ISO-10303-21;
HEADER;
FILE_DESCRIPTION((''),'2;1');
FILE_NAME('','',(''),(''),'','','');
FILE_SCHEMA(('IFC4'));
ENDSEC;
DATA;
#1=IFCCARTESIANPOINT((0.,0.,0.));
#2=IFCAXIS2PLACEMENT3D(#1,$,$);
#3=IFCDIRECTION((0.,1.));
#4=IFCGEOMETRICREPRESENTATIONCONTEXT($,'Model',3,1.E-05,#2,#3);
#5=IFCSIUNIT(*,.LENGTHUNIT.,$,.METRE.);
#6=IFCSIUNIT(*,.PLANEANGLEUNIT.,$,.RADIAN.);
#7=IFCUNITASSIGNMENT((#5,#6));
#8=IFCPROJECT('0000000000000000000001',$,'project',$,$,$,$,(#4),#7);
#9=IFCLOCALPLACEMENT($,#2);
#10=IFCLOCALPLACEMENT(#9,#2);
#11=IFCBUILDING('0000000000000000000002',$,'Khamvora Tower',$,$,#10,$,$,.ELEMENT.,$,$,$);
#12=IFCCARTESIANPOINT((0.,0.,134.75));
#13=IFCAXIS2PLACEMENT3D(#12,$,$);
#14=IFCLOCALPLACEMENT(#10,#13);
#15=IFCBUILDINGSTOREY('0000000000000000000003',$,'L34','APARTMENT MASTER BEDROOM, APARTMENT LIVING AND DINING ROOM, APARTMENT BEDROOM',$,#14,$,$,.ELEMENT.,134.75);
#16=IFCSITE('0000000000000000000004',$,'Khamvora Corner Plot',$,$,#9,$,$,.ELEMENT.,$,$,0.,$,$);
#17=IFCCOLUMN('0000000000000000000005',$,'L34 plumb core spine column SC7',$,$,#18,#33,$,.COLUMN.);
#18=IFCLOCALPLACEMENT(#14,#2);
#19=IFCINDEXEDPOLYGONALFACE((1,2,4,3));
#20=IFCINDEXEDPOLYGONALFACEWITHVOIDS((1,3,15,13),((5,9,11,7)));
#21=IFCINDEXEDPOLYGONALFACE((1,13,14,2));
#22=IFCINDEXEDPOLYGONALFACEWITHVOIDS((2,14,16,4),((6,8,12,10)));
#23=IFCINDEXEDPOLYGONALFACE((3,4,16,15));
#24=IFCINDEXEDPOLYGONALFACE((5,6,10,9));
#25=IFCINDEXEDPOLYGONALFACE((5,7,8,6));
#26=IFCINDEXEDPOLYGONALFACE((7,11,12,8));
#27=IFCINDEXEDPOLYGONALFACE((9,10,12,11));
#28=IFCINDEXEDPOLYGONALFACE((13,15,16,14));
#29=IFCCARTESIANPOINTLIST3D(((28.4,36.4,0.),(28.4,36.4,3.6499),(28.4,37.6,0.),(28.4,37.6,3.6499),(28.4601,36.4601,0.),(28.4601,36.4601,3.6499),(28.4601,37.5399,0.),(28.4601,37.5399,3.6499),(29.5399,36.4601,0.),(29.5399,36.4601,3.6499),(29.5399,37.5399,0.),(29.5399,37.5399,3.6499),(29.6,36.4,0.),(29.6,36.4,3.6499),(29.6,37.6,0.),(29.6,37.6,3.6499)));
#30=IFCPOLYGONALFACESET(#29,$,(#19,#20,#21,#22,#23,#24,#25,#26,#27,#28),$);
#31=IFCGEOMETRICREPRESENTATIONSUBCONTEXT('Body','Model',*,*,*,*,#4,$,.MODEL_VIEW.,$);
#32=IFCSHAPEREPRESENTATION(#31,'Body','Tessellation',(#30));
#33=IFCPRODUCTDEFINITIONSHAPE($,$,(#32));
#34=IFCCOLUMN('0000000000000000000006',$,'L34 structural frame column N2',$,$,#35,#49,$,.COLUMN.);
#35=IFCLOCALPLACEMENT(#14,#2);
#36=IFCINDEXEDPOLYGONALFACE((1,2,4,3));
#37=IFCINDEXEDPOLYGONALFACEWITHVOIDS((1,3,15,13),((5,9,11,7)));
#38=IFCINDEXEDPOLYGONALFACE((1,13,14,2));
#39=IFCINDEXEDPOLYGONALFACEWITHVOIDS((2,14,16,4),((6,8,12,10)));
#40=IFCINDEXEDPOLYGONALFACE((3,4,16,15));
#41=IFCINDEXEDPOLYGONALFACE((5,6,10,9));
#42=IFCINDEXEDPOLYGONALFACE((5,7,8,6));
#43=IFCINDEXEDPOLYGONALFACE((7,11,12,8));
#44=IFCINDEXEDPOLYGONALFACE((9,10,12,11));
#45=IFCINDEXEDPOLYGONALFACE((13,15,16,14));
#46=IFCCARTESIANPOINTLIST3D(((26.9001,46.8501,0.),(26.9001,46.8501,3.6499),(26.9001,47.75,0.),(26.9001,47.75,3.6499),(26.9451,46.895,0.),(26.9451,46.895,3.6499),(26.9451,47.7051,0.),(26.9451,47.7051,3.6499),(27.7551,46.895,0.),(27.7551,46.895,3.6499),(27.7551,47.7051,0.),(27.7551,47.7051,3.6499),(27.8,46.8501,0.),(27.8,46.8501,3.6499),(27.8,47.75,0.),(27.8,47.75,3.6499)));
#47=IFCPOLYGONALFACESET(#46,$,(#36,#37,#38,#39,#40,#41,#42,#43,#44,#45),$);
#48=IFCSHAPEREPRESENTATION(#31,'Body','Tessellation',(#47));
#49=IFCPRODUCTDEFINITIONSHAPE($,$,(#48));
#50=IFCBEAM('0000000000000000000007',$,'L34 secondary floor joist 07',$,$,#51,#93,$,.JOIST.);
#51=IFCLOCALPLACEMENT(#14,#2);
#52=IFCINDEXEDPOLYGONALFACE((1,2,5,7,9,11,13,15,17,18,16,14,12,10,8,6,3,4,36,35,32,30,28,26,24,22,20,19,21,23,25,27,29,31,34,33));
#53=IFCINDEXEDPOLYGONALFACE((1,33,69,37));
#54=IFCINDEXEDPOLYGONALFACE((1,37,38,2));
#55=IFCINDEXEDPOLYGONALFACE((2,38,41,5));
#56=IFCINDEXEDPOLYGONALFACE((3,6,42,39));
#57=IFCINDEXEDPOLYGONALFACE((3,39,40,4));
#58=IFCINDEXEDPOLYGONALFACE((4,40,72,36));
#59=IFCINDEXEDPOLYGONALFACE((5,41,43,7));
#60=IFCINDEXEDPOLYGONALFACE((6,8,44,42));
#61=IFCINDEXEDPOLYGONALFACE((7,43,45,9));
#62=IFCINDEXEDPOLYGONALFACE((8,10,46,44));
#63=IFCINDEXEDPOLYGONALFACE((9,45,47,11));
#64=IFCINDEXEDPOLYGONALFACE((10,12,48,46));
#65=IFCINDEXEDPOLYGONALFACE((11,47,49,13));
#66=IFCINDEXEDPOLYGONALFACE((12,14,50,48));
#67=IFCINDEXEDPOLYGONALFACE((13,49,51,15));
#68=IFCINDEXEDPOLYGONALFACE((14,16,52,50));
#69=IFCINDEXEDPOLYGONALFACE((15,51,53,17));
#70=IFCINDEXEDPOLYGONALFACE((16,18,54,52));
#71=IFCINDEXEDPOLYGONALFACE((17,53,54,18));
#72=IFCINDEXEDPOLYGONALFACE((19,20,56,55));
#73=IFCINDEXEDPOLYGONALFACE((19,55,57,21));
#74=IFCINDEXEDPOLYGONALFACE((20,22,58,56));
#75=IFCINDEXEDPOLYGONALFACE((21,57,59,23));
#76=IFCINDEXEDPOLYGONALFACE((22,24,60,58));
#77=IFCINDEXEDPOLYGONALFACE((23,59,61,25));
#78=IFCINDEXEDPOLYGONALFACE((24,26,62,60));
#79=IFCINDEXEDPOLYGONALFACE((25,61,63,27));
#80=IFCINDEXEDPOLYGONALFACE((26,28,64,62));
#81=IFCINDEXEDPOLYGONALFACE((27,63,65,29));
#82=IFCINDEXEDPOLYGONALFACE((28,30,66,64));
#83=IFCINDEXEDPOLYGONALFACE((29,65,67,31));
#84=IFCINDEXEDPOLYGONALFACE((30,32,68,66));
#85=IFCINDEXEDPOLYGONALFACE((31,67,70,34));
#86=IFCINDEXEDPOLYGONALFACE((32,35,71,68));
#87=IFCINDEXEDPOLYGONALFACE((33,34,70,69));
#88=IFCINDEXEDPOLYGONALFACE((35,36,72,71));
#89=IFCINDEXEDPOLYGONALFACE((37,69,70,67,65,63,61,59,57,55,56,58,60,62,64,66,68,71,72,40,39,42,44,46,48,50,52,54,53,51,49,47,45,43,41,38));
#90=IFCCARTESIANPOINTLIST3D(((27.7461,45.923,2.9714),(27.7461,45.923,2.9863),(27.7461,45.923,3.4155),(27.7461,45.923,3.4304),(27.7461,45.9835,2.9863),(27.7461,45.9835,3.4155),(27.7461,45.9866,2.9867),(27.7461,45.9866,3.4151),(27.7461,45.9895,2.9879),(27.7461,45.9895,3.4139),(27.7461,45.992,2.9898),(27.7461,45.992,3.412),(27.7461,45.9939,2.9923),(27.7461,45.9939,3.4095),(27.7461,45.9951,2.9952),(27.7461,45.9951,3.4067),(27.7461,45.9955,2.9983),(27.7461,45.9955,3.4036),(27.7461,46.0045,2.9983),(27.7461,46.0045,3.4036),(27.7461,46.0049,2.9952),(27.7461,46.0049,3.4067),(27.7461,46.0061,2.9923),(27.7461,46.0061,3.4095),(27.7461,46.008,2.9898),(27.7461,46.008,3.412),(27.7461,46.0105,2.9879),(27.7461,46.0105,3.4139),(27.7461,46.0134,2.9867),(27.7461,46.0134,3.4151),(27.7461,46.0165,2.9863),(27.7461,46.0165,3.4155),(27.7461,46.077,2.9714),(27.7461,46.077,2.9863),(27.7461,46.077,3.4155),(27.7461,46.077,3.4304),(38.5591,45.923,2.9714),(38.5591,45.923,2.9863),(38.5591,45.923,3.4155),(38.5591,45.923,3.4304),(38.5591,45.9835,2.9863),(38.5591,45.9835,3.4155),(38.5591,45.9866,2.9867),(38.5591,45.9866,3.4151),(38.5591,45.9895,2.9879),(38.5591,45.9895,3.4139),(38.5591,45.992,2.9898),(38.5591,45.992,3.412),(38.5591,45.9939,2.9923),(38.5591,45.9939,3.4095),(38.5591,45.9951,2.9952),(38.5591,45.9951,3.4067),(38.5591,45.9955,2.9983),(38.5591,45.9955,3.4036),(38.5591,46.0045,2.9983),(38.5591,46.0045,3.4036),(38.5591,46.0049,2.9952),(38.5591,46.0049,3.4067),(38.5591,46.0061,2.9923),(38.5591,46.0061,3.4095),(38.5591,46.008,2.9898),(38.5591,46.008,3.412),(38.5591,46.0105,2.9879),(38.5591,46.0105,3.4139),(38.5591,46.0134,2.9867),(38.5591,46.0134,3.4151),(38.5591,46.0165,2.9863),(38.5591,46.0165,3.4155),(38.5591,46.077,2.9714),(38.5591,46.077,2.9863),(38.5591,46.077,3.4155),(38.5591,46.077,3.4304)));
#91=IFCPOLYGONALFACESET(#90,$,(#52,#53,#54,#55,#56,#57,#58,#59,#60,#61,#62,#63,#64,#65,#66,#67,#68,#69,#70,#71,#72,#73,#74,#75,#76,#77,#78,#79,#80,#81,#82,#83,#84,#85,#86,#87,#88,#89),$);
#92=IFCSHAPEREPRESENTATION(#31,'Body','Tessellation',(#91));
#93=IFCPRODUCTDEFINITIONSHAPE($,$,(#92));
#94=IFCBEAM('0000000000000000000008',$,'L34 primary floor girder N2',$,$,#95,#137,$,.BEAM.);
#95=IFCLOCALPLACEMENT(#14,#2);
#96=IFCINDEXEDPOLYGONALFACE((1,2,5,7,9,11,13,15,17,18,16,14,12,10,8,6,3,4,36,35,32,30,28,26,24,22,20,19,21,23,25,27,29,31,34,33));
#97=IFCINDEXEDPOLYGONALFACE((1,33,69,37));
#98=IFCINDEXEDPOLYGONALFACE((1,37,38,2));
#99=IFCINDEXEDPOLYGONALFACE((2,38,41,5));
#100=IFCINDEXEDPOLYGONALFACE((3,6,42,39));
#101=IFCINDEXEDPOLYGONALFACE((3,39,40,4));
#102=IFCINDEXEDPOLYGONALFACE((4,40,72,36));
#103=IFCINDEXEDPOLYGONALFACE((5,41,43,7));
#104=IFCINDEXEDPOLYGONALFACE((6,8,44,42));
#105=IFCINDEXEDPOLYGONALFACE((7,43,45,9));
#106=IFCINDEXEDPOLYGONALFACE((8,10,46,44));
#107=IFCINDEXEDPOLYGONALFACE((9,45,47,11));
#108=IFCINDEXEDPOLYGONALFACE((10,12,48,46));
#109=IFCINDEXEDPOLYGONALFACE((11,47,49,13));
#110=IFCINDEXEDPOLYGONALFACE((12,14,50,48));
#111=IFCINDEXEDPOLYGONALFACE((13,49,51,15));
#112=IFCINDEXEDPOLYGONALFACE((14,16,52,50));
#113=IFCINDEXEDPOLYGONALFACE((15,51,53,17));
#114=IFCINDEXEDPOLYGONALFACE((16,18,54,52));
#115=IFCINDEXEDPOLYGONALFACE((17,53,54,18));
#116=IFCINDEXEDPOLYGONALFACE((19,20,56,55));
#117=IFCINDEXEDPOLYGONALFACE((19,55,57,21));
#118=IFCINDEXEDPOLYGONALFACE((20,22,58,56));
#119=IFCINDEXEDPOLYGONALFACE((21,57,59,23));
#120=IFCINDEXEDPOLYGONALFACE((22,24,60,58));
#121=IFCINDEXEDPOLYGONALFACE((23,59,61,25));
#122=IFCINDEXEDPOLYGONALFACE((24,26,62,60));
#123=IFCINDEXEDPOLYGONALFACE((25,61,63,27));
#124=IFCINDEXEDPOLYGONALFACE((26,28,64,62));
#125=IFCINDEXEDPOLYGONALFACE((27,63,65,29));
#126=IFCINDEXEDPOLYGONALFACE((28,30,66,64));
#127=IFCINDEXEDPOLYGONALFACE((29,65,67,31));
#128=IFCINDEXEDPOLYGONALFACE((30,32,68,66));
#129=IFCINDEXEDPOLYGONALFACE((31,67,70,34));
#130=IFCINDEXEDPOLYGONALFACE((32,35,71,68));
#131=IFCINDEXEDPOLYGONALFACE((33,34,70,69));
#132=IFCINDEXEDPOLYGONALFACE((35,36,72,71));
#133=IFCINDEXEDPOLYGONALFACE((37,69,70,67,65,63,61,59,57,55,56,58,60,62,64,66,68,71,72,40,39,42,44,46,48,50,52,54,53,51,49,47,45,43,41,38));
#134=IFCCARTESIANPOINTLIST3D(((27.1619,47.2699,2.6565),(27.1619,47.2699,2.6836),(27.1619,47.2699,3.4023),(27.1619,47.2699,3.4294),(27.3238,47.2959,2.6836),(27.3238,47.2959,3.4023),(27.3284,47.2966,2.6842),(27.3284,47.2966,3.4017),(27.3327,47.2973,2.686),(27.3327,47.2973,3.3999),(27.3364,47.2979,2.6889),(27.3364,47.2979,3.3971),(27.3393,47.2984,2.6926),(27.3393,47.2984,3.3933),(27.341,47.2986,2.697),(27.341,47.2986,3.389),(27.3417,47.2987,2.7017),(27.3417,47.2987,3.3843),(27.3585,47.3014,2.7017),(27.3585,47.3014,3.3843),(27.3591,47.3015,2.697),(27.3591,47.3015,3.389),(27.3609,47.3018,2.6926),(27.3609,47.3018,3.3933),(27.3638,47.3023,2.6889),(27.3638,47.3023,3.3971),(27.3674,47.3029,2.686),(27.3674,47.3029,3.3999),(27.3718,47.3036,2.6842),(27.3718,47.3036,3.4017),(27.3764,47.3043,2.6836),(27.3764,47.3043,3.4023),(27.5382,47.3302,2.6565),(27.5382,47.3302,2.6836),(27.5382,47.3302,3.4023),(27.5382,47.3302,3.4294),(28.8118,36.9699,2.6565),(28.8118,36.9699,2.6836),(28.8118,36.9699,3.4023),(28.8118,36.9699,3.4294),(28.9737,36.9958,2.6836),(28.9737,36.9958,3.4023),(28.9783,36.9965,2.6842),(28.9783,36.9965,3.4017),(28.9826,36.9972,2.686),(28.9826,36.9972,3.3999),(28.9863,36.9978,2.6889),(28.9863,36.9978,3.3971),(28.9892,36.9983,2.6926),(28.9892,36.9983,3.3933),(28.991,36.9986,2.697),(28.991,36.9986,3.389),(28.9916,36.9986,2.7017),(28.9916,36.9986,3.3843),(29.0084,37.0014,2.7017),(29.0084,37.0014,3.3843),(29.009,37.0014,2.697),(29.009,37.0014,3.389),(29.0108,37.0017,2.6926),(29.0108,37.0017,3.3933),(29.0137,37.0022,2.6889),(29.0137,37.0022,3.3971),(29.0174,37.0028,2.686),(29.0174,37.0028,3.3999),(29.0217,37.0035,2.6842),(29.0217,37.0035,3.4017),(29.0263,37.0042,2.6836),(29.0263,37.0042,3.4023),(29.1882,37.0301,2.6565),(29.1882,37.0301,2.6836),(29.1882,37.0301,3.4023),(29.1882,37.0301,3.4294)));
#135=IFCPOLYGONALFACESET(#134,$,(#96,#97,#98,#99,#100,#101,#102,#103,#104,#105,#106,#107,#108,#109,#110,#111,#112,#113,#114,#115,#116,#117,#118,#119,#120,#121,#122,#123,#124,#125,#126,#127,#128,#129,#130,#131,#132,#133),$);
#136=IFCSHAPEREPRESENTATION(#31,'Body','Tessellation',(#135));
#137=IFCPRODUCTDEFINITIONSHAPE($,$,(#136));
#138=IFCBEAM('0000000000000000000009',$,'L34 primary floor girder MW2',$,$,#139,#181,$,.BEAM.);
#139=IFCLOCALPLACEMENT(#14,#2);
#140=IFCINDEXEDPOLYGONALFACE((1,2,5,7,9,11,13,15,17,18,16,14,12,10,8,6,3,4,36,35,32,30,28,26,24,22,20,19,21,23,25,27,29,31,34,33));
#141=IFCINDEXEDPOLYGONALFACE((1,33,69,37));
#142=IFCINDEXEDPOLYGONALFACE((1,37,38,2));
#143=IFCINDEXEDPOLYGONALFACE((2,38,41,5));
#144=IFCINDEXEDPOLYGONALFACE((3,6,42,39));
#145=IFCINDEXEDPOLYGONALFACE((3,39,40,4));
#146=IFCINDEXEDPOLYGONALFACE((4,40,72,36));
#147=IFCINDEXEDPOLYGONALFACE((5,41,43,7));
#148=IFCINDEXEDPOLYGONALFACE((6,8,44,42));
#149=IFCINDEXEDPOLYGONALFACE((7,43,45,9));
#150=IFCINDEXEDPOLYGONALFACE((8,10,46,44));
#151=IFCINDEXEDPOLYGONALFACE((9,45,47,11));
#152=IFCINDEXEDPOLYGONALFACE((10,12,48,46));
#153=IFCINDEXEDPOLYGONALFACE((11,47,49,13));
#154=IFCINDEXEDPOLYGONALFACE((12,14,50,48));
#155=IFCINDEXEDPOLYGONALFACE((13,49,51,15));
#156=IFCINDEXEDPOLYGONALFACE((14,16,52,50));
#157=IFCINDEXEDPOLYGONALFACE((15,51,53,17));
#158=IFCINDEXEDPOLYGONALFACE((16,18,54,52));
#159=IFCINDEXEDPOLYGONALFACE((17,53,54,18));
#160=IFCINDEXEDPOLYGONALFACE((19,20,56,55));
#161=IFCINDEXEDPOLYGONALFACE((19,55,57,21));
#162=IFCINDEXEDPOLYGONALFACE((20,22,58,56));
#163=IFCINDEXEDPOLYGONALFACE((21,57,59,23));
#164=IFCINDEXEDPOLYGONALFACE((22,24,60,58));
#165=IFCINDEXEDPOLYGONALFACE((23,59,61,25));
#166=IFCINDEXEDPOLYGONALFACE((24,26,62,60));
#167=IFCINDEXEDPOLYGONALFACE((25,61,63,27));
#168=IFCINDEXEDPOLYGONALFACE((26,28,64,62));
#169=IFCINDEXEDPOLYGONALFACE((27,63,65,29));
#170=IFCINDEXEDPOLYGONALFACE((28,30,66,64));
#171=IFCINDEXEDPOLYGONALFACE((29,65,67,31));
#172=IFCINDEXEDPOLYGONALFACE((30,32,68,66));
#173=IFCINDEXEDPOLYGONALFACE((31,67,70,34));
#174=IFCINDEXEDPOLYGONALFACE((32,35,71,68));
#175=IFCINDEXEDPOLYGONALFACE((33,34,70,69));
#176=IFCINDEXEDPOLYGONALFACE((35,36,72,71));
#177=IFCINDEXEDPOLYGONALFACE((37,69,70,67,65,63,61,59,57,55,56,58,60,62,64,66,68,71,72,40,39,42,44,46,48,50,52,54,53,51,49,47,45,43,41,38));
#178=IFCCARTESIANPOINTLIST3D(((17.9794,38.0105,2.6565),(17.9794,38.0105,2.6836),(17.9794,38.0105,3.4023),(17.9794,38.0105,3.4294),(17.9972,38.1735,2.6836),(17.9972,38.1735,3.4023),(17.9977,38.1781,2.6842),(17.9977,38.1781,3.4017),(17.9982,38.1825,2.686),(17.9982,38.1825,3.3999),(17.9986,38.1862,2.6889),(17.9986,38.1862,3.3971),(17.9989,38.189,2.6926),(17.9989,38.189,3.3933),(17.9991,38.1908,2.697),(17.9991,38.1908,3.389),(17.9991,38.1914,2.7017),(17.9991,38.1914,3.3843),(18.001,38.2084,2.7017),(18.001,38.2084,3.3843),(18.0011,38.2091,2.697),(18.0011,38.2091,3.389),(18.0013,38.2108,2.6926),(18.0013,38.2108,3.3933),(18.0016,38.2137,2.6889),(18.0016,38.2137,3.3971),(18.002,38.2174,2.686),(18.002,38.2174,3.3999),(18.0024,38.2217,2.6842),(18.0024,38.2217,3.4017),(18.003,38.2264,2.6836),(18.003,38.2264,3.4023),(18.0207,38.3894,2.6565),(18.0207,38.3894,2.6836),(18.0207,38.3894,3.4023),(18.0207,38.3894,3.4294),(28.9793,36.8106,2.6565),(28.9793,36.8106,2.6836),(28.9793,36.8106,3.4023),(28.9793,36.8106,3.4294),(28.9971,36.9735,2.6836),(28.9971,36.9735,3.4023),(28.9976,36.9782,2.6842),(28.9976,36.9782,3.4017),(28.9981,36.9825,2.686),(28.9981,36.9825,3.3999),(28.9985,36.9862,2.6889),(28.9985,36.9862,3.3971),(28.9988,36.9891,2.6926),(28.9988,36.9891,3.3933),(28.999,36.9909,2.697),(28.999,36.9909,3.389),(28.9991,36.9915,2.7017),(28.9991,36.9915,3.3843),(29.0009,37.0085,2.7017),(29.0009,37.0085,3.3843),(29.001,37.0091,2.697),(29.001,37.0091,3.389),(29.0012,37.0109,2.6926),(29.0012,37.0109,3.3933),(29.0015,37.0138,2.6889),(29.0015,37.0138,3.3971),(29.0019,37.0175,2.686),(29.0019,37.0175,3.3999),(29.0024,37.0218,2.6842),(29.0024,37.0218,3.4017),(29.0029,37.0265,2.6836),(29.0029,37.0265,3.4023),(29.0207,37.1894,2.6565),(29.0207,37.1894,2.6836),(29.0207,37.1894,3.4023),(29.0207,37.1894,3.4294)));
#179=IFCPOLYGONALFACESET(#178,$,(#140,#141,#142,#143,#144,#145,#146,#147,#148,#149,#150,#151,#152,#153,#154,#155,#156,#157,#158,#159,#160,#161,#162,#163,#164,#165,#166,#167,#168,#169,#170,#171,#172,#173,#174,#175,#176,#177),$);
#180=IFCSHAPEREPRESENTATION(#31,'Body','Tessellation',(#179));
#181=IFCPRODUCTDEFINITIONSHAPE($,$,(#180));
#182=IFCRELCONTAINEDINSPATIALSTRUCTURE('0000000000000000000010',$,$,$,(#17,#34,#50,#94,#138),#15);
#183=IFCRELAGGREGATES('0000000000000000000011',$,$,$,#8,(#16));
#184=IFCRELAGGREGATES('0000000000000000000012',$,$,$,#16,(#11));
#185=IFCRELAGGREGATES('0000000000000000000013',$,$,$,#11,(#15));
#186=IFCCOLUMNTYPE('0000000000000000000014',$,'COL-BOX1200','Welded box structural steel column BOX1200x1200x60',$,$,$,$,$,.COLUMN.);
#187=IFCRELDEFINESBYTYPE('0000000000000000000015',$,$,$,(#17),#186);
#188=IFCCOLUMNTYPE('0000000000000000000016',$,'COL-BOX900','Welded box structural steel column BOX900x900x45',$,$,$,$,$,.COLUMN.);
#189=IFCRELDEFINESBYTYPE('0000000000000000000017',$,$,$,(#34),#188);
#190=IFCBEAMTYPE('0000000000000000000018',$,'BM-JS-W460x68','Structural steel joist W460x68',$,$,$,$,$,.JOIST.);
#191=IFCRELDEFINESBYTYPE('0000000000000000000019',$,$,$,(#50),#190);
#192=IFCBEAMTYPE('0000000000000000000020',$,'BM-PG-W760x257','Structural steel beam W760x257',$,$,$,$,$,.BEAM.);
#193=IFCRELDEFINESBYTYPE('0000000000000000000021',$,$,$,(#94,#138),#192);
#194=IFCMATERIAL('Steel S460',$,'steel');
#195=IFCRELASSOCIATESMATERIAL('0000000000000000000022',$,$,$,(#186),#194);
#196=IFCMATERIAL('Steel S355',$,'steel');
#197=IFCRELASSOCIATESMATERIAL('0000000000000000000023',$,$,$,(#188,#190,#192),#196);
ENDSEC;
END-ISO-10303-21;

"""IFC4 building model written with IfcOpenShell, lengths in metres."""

from ifc_helpers import new_model, si_unit, direction, frame, origin, origin_2d, place, context, subcontext, project, spatial, hollow_rectangle, i_section, extrude, material, material_profile, profile_set, type_object, element, save


model = new_model("IFC4")

# Units and contexts
model_context = context("Model", 3, precision=1e-05, world=origin(), true_north=direction((0.0, 1.0)))
body_context = subcontext(model_context, "Body", "Model", "MODEL_VIEW")
ifc_project = project(units=[si_unit("LENGTHUNIT", "METRE"), si_unit("PLANEANGLEUNIT", "RADIAN")], contexts=[model_context])

# Site, building, storey
site_placement = place(None, origin())
site = spatial("IfcSite", under=ifc_project, at=site_placement, Name="Khamvora Corner Plot", CompositionType="ELEMENT", RefElevation=0.0)
building_placement = place(site_placement, origin())
building = spatial("IfcBuilding", under=site, at=building_placement, Name="Khamvora Tower", CompositionType="ELEMENT")
storey_placement = place(building_placement, frame((0.0, 0.0, 134.75)))
storey = spatial("IfcBuildingStorey", under=building, at=storey_placement, Name="L34", Description="APARTMENT MASTER BEDROOM, APARTMENT LIVING AND DINING ROOM, APARTMENT BEDROOM", CompositionType="ELEMENT", Elevation=134.75)

# Columns
ifc_material_1 = material(Name="Steel S460", Category="steel")
ifc_material_profile_1 = material_profile(ifc_material_1, hollow_rectangle(XDim=1.2, YDim=1.2, WallThickness=0.0601, at=origin_2d()), Name="BOX1200x1200x60")
ifc_profile_set_1 = profile_set([ifc_material_profile_1], Name="Steel S460")
column_type_1 = type_object("IfcColumnType", Name="COL-BOX1200", Description="Welded box structural steel column BOX1200x1200x60", PredefinedType="COLUMN", material=ifc_profile_set_1)
column_1_placement = place(storey_placement, frame((29.0, 37.0, 0.0), z_axis=(0.0, 0.0, 1.0), x_axis=(1.0, 0.0, 0.0)))
element("IfcColumn", 1, at=column_1_placement, inside=storey, type_object=column_type_1, Name="L34 plumb core spine column SC7", PredefinedType="COLUMN", context=body_context, shape_type="SweptSolid", body=[
    extrude(hollow_rectangle(XDim=1.2, YDim=1.2, WallThickness=0.0601, at=origin_2d()), origin(), (0.0, 0.0, 1.0), 3.6499),
])
ifc_material_2 = material(Name="Steel S355", Category="steel")
ifc_material_profile_2 = material_profile(ifc_material_2, hollow_rectangle(XDim=0.8999, YDim=0.8999, WallThickness=0.0449, at=origin_2d()), Name="BOX900x900x45")
ifc_profile_set_2 = profile_set([ifc_material_profile_2], Name="Steel S355")
column_type_2 = type_object("IfcColumnType", Name="COL-BOX900", Description="Welded box structural steel column BOX900x900x45", PredefinedType="COLUMN", material=ifc_profile_set_2)
column_2_placement = place(storey_placement, frame((27.3501, 47.3, 0.0), z_axis=(0.0, 0.0, 1.0), x_axis=(1.0, 0.0, 0.0)))
element("IfcColumn", 2, at=column_2_placement, inside=storey, type_object=column_type_2, Name="L34 structural frame column N2", PredefinedType="COLUMN", context=body_context, shape_type="SweptSolid", body=[
    extrude(hollow_rectangle(XDim=0.8999, YDim=0.8999, WallThickness=0.0449, at=origin_2d()), origin(), (0.0, 0.0, 1.0), 3.6499),
])

# Beams
ifc_material_profile_3 = material_profile(ifc_material_2, i_section(OverallWidth=0.1541, OverallDepth=0.459, WebThickness=0.009, FlangeThickness=0.0149, FilletRadius=0.012, at=origin_2d()), Name="W460x68")
ifc_profile_set_3 = profile_set([ifc_material_profile_3], Name="Steel S355")
beam_type_1 = type_object("IfcBeamType", Name="BM-JS-W460x68", Description="Structural steel joist W460x68", PredefinedType="JOIST", material=ifc_profile_set_3)
beam_1_placement = place(storey_placement, frame((27.7461, 46.0, 3.2009), z_axis=(1.0, 0.0, 0.0), x_axis=(0.0, 1.0, 0.0)))
element("IfcBeam", 3, at=beam_1_placement, inside=storey, type_object=beam_type_1, Name="L34 secondary floor joist 07", PredefinedType="JOIST", context=body_context, shape_type="SweptSolid", body=[
    extrude(i_section(OverallWidth=0.1541, OverallDepth=0.459, WebThickness=0.009, FlangeThickness=0.0149, FilletRadius=0.012, at=origin_2d()), origin(), (0.0, 0.0, 1.0), 10.813),
])
ifc_material_profile_4 = material_profile(ifc_material_2, i_section(OverallWidth=0.3811, OverallDepth=0.7729, WebThickness=0.0171, FlangeThickness=0.0271, FilletRadius=0.0181, at=origin_2d()), Name="W760x257")
ifc_profile_set_4 = profile_set([ifc_material_profile_4], Name="Steel S355")
beam_type_2 = type_object("IfcBeamType", Name="BM-PG-W760x257", Description="Structural steel beam W760x257", PredefinedType="BEAM", material=ifc_profile_set_4)
beam_2_placement = place(storey_placement, frame((29.0, 37.0, 3.043), z_axis=(-0.158168, 0.987412, 0.0), x_axis=(-0.987412, -0.158168, 0.0)))
element("IfcBeam", 4, at=beam_2_placement, inside=storey, type_object=beam_type_2, Name="L34 primary floor girder N2", PredefinedType="BEAM", context=body_context, shape_type="SweptSolid", body=[
    extrude(i_section(OverallWidth=0.3811, OverallDepth=0.7729, WebThickness=0.0171, FlangeThickness=0.0271, FilletRadius=0.0181, at=origin_2d()), origin(), (0.0, 0.0, 1.0), 10.4314),
])
beam_3_placement = place(storey_placement, frame((29.0, 37.0, 3.043), z_axis=(-0.994103, 0.108443, 0.0), x_axis=(-0.108443, -0.994103, 0.0)))
element("IfcBeam", 5, at=beam_3_placement, inside=storey, type_object=beam_type_2, Name="L34 primary floor girder MW2", PredefinedType="BEAM", context=body_context, shape_type="SweptSolid", body=[
    extrude(i_section(OverallWidth=0.3811, OverallDepth=0.7729, WebThickness=0.0171, FlangeThickness=0.0271, FilletRadius=0.0181, at=origin_2d()), origin(), (0.0, 0.0, 1.0), 11.0652),
])

save(model, "model.ifc")
